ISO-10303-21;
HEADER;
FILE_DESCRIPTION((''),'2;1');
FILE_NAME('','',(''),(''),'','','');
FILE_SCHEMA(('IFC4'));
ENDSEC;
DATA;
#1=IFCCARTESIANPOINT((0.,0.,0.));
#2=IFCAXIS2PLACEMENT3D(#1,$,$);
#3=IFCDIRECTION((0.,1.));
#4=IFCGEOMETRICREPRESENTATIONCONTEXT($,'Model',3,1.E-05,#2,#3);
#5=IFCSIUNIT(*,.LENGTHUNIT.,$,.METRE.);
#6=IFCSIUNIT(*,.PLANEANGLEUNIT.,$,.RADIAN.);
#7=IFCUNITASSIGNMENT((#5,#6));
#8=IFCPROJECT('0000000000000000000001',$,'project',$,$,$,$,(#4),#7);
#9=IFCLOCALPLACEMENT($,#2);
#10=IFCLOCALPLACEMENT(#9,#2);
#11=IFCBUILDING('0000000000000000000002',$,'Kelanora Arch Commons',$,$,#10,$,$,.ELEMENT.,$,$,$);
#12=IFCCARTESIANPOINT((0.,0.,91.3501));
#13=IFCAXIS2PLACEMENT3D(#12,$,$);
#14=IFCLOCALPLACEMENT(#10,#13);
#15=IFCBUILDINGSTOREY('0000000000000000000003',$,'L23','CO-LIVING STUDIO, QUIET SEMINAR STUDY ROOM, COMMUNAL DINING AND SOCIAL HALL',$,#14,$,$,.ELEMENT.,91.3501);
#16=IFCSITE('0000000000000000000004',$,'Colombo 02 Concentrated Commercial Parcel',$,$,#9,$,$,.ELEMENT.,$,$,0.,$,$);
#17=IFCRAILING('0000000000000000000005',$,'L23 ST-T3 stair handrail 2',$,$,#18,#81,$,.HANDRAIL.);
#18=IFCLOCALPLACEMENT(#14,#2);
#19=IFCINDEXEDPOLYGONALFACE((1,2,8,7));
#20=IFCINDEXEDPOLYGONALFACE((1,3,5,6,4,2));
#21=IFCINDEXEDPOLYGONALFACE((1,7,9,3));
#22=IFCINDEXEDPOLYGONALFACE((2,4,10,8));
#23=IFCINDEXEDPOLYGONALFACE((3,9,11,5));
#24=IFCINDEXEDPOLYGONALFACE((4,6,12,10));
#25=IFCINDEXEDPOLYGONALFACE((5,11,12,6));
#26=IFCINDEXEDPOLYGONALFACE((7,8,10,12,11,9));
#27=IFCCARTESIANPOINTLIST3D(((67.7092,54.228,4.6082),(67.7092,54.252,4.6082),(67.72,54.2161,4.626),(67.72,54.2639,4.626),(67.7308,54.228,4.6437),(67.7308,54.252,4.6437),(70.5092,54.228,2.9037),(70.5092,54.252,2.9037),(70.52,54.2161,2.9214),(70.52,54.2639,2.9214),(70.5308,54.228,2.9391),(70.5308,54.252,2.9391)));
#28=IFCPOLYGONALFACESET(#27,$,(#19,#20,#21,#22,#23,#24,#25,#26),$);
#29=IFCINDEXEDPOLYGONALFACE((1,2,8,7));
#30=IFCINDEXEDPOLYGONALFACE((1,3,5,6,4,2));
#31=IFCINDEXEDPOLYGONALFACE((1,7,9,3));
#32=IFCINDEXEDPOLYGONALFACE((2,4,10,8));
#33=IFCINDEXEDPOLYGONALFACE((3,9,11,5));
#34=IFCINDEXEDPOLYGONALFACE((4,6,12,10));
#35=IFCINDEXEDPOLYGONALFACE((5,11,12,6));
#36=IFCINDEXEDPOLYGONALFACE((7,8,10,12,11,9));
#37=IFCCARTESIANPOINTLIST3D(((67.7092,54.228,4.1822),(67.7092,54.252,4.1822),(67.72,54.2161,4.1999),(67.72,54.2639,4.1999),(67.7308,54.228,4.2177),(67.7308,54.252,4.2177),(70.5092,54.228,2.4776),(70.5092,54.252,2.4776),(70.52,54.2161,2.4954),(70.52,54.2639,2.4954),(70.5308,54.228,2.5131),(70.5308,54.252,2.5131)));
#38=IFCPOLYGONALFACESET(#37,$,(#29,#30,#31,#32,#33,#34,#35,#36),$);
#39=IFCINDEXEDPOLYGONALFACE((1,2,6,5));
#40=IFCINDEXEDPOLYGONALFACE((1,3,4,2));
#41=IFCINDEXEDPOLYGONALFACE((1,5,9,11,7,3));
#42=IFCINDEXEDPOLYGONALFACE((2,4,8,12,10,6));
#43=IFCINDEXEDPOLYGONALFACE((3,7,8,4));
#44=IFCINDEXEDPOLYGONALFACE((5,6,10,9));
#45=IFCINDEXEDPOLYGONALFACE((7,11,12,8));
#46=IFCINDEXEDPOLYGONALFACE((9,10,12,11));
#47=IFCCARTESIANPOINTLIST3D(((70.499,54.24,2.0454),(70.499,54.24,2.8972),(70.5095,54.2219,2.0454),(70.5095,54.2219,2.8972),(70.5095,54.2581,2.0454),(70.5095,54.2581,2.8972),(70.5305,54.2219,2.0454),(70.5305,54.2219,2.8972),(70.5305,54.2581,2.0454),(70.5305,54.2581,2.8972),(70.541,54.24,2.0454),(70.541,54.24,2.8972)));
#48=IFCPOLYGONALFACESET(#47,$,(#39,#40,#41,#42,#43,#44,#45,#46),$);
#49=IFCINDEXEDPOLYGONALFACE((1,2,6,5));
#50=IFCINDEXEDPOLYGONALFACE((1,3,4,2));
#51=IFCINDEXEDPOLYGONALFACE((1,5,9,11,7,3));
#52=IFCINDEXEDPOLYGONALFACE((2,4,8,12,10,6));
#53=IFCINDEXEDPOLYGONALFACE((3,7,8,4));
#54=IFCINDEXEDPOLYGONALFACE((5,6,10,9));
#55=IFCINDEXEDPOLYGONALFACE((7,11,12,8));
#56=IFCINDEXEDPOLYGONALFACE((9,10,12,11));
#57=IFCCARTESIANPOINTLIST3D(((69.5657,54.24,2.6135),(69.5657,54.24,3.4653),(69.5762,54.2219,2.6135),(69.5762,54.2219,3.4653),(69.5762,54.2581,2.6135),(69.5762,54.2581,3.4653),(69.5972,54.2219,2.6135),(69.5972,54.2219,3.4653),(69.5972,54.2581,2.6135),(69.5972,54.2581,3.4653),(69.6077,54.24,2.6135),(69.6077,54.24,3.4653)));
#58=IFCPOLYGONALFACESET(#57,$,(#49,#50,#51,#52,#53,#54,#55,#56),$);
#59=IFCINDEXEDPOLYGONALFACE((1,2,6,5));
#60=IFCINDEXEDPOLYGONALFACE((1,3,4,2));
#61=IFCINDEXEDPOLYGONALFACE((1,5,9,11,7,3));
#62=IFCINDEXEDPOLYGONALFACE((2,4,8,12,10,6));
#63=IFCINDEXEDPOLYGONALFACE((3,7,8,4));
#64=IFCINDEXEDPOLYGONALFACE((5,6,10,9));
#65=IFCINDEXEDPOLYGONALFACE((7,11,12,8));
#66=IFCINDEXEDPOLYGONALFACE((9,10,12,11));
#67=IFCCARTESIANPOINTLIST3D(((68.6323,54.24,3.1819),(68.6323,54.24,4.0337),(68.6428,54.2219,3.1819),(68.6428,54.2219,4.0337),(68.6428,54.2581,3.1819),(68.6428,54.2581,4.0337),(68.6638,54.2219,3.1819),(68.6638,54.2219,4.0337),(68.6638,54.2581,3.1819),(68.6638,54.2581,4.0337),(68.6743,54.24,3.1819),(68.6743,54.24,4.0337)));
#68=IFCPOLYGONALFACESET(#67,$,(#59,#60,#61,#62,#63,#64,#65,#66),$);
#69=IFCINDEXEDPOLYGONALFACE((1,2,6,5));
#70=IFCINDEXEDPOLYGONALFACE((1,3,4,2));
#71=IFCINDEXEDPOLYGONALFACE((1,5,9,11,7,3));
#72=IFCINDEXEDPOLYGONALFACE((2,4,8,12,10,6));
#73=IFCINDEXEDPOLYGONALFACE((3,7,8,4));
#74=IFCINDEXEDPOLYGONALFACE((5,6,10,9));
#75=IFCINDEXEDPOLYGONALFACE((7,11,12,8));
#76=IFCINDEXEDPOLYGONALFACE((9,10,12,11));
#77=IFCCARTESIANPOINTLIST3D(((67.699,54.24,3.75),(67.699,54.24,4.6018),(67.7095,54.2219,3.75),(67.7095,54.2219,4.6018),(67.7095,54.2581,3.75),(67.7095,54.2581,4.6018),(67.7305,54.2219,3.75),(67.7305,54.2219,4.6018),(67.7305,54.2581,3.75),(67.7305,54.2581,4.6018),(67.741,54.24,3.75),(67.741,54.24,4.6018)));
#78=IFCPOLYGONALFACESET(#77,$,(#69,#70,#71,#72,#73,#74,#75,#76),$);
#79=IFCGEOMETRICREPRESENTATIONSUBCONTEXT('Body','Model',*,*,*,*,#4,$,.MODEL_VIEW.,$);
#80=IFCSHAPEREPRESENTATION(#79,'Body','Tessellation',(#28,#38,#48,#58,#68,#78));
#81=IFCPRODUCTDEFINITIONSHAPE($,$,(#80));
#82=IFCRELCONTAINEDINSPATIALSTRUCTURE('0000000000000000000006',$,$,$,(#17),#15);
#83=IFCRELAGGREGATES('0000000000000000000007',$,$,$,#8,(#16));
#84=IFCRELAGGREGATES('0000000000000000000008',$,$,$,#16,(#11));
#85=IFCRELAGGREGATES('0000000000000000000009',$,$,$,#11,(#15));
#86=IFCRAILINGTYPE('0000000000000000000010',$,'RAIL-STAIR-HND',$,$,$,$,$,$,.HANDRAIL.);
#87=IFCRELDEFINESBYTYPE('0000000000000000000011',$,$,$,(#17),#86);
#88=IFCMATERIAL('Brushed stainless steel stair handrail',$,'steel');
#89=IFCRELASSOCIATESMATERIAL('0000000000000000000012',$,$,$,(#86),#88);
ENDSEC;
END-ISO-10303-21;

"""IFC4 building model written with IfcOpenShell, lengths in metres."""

from ifc_helpers import new_model, si_unit, direction, frame, origin, place, context, subcontext, project, spatial, polyline, outline, extrude, material, type_object, element, save


model = new_model("IFC4")

# Units and contexts
model_context = context("Model", 3, precision=1e-05, world=origin(), true_north=direction((0.0, 1.0)))
body_context = subcontext(model_context, "Body", "Model", "MODEL_VIEW")
ifc_project = project(units=[si_unit("LENGTHUNIT", "METRE"), si_unit("PLANEANGLEUNIT", "RADIAN")], contexts=[model_context])

# Site, building, storey
site_placement = place(None, origin())
site = spatial("IfcSite", under=ifc_project, at=site_placement, Name="Colombo 02 Concentrated Commercial Parcel", CompositionType="ELEMENT", RefElevation=0.0)
building_placement = place(site_placement, origin())
building = spatial("IfcBuilding", under=site, at=building_placement, Name="Kelanora Arch Commons", CompositionType="ELEMENT")
storey_placement = place(building_placement, frame((0.0, 0.0, 91.3501)))
storey = spatial("IfcBuildingStorey", under=building, at=storey_placement, Name="L23", Description="CO-LIVING STUDIO, QUIET SEMINAR STUDY ROOM, COMMUNAL DINING AND SOCIAL HALL", CompositionType="ELEMENT", Elevation=91.3501)

# Railing
ifc_material_1 = material(Name="Brushed stainless steel stair handrail", Category="steel")
railing_type_1 = type_object("IfcRailingType", Name="RAIL-STAIR-HND", PredefinedType="HANDRAIL", material=ifc_material_1)
railing_1_placement = place(storey_placement, frame((70.52, 54.24, 2.0454)))
element("IfcRailing", 1, at=railing_1_placement, inside=storey, type_object=railing_type_1, Name="L23 ST-T3 stair handrail 2", PredefinedType="HANDRAIL", context=body_context, shape_type="SweptSolid", body=[
    extrude(outline(polyline([(0.0239, 0.0), (0.012, 0.0208), (-0.012, 0.0208), (-0.0239, 0.0), (-0.012, -0.0208), (0.012, -0.0208), (0.0239, 0.0)])), frame((0.0, 0.0, 0.876), z_axis=(-0.85417, 0.0, 0.519994), x_axis=(0.0, -1.0, 0.0)), (0.0, 0.0, 1.0), 3.2781),
    extrude(outline(polyline([(0.0239, 0.0), (0.012, 0.0208), (-0.012, 0.0208), (-0.0239, 0.0), (-0.012, -0.0208), (0.012, -0.0208), (0.0239, 0.0)])), frame((0.0, 0.0, 0.45), z_axis=(-0.85417, 0.0, 0.519994), x_axis=(0.0, -1.0, 0.0)), (0.0, 0.0, 1.0), 3.2781),
    extrude(outline(polyline([(0.021, 0.0), (0.0105, 0.0181), (-0.0105, 0.0181), (-0.021, 0.0), (-0.0105, -0.0181), (0.0105, -0.0181), (0.021, 0.0)])), origin(), (0.0, 0.0, 1.0), 0.8518),
    extrude(outline(polyline([(0.021, 0.0), (0.0105, 0.0181), (-0.0105, 0.0181), (-0.021, 0.0), (-0.0105, -0.0181), (0.0105, -0.0181), (0.021, 0.0)])), frame((-0.9333, 0.0, 0.5681)), (0.0, 0.0, 1.0), 0.8518),
    extrude(outline(polyline([(0.021, 0.0), (0.0105, 0.0181), (-0.0105, 0.0181), (-0.021, 0.0), (-0.0105, -0.0181), (0.0105, -0.0181), (0.021, 0.0)])), frame((-1.8667, 0.0, 1.1365)), (0.0, 0.0, 1.0), 0.8518),
    extrude(outline(polyline([(0.021, 0.0), (0.0105, 0.0181), (-0.0105, 0.0181), (-0.021, 0.0), (-0.0105, -0.0181), (0.0105, -0.0181), (0.021, 0.0)])), frame((-2.8, 0.0, 1.7046)), (0.0, 0.0, 1.0), 0.8518),
])

save(model, "model.ifc")
